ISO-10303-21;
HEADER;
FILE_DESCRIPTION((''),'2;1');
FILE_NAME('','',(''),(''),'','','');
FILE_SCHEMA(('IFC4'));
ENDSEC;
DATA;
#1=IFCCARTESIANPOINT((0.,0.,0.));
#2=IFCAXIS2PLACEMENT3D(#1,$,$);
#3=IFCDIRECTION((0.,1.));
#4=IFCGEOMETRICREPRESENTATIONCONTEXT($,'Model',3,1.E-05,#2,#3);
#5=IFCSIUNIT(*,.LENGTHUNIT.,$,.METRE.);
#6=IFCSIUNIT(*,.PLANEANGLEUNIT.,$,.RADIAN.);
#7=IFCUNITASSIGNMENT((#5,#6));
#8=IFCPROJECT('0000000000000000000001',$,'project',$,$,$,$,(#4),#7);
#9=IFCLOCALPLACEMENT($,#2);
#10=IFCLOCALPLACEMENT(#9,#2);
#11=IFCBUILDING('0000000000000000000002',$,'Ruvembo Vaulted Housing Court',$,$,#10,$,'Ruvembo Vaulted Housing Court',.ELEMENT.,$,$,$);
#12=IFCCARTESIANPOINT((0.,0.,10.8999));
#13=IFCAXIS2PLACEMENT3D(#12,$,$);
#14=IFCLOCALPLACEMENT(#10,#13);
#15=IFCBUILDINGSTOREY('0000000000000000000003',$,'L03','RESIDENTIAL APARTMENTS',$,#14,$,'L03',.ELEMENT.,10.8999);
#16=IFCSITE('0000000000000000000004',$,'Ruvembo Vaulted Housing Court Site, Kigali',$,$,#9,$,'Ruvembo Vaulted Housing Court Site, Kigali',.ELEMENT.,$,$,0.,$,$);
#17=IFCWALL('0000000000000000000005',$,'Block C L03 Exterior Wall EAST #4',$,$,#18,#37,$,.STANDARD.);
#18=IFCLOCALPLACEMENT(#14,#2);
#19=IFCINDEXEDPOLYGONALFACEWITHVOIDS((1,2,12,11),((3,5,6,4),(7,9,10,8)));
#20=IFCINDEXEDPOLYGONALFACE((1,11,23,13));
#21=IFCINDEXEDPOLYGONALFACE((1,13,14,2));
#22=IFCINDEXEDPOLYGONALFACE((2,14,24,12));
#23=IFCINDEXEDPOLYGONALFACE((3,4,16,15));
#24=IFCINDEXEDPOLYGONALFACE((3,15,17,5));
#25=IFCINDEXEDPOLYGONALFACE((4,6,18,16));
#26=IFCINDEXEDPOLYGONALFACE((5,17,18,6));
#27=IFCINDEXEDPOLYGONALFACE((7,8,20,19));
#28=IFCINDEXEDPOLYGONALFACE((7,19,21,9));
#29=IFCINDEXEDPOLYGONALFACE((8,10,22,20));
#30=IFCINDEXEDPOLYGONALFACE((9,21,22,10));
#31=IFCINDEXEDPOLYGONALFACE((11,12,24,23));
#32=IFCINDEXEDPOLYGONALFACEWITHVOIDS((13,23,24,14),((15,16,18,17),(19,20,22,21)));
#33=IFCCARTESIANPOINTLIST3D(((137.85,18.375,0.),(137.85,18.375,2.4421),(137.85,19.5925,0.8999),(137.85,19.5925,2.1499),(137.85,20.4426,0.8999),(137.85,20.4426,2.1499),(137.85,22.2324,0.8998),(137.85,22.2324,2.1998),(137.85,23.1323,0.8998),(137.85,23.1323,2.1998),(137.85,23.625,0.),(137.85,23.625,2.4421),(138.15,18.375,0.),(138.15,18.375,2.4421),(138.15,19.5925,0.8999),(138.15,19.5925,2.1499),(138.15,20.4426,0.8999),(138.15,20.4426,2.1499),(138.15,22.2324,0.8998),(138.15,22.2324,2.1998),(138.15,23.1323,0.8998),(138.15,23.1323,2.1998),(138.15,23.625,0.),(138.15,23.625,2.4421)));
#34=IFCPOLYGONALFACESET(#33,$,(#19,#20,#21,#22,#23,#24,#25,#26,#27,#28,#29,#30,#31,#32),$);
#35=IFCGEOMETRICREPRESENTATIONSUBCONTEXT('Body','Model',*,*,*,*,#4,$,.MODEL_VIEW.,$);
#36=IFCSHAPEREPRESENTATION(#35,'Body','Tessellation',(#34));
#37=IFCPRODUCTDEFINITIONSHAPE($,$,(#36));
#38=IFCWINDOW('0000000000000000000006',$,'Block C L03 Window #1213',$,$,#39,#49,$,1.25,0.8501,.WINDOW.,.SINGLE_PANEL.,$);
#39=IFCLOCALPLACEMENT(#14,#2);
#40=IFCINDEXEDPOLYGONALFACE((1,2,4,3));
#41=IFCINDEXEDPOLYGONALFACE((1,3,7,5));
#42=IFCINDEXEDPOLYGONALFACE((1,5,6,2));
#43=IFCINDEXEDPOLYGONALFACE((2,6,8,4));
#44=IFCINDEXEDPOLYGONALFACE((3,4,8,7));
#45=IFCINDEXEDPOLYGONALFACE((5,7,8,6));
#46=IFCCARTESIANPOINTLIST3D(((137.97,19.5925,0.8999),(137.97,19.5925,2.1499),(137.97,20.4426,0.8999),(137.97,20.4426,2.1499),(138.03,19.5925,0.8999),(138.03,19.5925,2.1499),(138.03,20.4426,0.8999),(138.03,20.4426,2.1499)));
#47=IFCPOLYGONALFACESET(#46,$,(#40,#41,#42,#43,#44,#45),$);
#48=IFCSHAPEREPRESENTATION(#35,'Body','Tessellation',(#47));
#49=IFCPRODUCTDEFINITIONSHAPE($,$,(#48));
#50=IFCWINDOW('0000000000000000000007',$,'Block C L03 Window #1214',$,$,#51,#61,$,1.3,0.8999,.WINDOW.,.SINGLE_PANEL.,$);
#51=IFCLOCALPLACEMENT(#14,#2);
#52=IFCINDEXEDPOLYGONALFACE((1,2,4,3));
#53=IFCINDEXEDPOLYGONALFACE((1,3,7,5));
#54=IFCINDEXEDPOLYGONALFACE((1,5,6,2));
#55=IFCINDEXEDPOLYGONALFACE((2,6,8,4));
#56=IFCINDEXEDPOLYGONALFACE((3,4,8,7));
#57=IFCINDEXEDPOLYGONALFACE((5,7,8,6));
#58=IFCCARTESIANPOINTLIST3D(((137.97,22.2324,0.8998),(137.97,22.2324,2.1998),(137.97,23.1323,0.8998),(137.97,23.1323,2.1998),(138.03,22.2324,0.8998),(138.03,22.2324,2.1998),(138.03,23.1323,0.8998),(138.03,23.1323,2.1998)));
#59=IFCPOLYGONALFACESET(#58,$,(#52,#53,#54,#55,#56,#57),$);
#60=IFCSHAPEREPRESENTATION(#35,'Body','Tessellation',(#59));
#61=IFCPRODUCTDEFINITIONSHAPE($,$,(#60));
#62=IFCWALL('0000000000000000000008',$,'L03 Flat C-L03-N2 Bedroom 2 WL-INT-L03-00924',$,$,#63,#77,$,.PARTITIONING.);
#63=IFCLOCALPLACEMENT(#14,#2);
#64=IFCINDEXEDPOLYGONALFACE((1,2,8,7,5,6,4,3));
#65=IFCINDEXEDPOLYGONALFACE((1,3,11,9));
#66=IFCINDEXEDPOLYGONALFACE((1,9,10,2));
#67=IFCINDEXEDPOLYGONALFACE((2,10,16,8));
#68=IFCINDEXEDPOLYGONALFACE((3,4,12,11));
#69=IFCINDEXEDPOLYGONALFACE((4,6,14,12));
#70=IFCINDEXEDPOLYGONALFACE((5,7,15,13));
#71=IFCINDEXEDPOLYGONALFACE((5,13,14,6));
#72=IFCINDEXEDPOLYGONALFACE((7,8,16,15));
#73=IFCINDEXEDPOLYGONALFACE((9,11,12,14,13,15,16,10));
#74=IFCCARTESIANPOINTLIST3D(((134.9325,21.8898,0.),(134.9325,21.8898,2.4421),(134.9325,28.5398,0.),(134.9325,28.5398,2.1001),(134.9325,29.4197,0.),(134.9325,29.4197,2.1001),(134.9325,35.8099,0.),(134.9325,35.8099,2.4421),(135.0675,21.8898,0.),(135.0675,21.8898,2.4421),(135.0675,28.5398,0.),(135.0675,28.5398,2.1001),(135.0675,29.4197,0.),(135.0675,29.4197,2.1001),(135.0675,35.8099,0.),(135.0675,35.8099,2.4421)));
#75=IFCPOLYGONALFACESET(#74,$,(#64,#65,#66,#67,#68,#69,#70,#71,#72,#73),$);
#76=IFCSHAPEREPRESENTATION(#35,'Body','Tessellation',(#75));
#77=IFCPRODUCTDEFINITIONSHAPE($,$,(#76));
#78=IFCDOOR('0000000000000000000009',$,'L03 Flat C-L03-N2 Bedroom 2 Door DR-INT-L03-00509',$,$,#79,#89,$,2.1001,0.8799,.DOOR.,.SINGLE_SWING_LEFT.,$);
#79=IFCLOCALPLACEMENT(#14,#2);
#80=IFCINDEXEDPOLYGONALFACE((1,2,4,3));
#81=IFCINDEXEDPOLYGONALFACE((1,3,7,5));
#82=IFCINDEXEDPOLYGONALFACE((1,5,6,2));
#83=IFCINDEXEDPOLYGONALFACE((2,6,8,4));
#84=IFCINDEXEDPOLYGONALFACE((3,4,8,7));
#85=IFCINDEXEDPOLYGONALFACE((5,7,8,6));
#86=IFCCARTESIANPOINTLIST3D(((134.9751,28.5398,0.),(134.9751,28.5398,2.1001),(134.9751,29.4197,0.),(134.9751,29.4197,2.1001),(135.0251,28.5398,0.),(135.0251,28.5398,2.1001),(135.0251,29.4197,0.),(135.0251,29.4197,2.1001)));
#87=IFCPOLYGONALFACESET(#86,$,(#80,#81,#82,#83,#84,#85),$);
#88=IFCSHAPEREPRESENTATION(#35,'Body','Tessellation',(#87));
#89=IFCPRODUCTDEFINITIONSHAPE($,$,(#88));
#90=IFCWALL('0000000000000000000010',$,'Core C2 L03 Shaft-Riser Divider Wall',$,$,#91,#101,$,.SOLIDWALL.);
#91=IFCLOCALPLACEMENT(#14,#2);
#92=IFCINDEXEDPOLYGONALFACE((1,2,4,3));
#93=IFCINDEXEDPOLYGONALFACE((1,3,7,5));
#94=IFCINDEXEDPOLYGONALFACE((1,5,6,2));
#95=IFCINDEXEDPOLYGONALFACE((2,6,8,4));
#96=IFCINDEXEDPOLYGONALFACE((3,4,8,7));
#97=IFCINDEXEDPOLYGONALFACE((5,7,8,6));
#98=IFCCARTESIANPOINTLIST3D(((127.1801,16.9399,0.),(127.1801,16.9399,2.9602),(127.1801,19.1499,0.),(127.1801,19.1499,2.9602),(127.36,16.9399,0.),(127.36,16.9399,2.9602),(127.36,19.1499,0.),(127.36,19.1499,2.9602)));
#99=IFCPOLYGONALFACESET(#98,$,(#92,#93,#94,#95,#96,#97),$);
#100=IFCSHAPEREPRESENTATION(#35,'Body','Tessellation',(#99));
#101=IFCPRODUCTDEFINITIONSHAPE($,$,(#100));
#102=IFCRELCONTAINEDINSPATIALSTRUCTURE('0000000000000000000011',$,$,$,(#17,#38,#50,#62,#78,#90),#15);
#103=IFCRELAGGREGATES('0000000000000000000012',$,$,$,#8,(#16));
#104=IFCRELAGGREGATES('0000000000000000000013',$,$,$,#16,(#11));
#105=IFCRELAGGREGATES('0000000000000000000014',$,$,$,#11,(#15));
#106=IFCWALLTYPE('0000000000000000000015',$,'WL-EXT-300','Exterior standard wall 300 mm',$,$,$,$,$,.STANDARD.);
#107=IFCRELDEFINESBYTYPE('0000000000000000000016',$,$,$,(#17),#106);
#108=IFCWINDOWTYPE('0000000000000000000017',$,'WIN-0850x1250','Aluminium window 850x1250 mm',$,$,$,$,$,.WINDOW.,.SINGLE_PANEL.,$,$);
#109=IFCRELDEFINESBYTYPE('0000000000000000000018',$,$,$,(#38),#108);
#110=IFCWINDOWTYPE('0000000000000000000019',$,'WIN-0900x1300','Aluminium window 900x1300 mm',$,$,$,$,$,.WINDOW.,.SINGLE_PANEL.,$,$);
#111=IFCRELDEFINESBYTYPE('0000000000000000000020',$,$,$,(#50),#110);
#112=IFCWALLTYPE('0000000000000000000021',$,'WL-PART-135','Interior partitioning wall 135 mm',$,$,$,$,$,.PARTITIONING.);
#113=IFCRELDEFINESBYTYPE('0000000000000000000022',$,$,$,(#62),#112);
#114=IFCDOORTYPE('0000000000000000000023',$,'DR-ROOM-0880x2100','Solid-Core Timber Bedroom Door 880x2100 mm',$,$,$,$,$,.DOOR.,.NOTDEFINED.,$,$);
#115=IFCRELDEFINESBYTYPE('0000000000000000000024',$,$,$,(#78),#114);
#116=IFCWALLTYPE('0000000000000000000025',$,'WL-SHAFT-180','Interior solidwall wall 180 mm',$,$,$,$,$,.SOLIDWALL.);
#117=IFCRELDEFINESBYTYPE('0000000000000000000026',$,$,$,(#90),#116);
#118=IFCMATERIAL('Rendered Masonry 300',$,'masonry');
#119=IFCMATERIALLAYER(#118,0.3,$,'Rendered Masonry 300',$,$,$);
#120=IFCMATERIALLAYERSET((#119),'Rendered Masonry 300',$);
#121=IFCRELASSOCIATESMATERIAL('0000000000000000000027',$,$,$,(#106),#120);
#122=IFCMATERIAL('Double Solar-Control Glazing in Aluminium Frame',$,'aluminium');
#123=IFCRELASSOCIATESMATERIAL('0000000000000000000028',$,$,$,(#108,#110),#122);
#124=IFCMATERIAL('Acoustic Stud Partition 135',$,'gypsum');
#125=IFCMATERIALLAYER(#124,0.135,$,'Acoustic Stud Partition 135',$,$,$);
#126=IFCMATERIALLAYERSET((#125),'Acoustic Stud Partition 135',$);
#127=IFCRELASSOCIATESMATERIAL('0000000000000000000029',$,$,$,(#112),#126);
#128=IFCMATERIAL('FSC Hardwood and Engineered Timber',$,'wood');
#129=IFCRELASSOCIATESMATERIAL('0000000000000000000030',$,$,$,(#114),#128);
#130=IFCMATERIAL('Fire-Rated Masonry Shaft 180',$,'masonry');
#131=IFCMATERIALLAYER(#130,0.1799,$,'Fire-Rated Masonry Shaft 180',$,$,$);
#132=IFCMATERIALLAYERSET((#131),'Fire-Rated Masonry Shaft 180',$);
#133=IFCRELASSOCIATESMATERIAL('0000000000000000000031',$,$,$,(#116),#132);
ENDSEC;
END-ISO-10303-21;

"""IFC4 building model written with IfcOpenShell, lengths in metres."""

from ifc_helpers import new_model, si_unit, direction, frame, frame_2d, origin, place, context, subcontext, project, spatial, rectangle, extrude, material, layer, layer_set, type_object, element, fill, save


model = new_model("IFC4")

# Units and contexts
model_context = context("Model", 3, precision=1e-05, world=origin(), true_north=direction((0.0, 1.0)))
body_context = subcontext(model_context, "Body", "Model", "MODEL_VIEW")
ifc_project = project(units=[si_unit("LENGTHUNIT", "METRE"), si_unit("PLANEANGLEUNIT", "RADIAN")], contexts=[model_context])

# Site, building, storey
site_placement = place(None, origin())
site = spatial("IfcSite", under=ifc_project, at=site_placement, Name="Ruvembo Vaulted Housing Court Site, Kigali", LongName="Ruvembo Vaulted Housing Court Site, Kigali", CompositionType="ELEMENT", RefElevation=0.0)
building_placement = place(site_placement, origin())
building = spatial("IfcBuilding", under=site, at=building_placement, Name="Ruvembo Vaulted Housing Court", LongName="Ruvembo Vaulted Housing Court", CompositionType="ELEMENT")
storey_placement = place(building_placement, frame((0.0, 0.0, 10.8999)))
storey = spatial("IfcBuildingStorey", under=building, at=storey_placement, Name="L03", Description="RESIDENTIAL APARTMENTS", LongName="L03", CompositionType="ELEMENT", Elevation=10.8999)

# Wall, openings, windows
ifc_material_1 = material(Name="Rendered Masonry 300", Category="masonry")
ifc_layer_1 = layer(ifc_material_1, 0.3, Name="Rendered Masonry 300")
ifc_layer_set_1 = layer_set([ifc_layer_1], Name="Rendered Masonry 300")
wall_type_1 = type_object("IfcWallType", Name="WL-EXT-300", Description="Exterior standard wall 300 mm", PredefinedType="STANDARD", material=ifc_layer_set_1)
wall_1_placement = place(storey_placement, frame((138.0, 18.375, 0.0), z_axis=(0.0, 0.0, 1.0), x_axis=(0.0, 1.0, 0.0)))
wall_1 = element("IfcWall", 1, at=wall_1_placement, inside=storey, type_object=wall_type_1, Name="Block C L03 Exterior Wall EAST #4", PredefinedType="STANDARD", context=body_context, shape_type="SweptSolid", body=[
    extrude(rectangle(XDim=5.25, YDim=0.3, at=frame_2d((2.625, 0.0))), origin(), (0.0, 0.0, 1.0), 2.4421),
])
opening_1_placement = place(wall_1_placement, frame((1.2175, 0.0, 0.8999)))
opening_1 = element("IfcOpeningElement", 2, at=opening_1_placement, cuts=wall_1, PredefinedType="OPENING", context=body_context, shape_type="SweptSolid", body=[
    extrude(rectangle(XDim=0.8501, YDim=1.25, at=frame_2d((0.425, 0.625))), frame((0.0, 0.1599, 0.0), z_axis=(0.0, -1.0, 0.0), x_axis=(1.0, 0.0, 0.0)), (0.0, 0.0, 1.0), 0.3201),
])
opening_2_placement = place(wall_1_placement, frame((3.8574, 0.0, 0.8999)))
opening_2 = element("IfcOpeningElement", 3, at=opening_2_placement, cuts=wall_1, PredefinedType="OPENING", context=body_context, shape_type="SweptSolid", body=[
    extrude(rectangle(XDim=0.8999, YDim=1.3, at=frame_2d((0.45, 0.6499))), frame((0.0, 0.1599, 0.0), z_axis=(0.0, -1.0, 0.0), x_axis=(1.0, 0.0, 0.0)), (0.0, 0.0, 1.0), 0.3201),
])
ifc_material_2 = material(Name="Double Solar-Control Glazing in Aluminium Frame", Category="aluminium")
window_type_1 = type_object("IfcWindowType", Name="WIN-0850x1250", Description="Aluminium window 850x1250 mm", PartitioningType="SINGLE_PANEL", PredefinedType="WINDOW", material=ifc_material_2)
window_1_placement = place(opening_1_placement, origin())
window_1 = element("IfcWindow", 4, at=window_1_placement, inside=storey, type_object=window_type_1, Name="Block C L03 Window #1213", OverallHeight=1.25, OverallWidth=0.8501, PartitioningType="SINGLE_PANEL", PredefinedType="WINDOW", context=body_context, shape_type="SweptSolid", body=[
    extrude(rectangle(XDim=0.8501, YDim=1.25, at=frame_2d((0.425, 0.625))), frame((0.0, 0.03, 0.0), z_axis=(0.0, -1.0, 0.0), x_axis=(1.0, 0.0, 0.0)), (0.0, 0.0, 1.0), 0.0601),
])
fill(opening_1, window_1)
window_type_2 = type_object("IfcWindowType", Name="WIN-0900x1300", Description="Aluminium window 900x1300 mm", PartitioningType="SINGLE_PANEL", PredefinedType="WINDOW", material=ifc_material_2)
window_2_placement = place(opening_2_placement, origin())
window_2 = element("IfcWindow", 5, at=window_2_placement, inside=storey, type_object=window_type_2, Name="Block C L03 Window #1214", OverallHeight=1.3, OverallWidth=0.8999, PartitioningType="SINGLE_PANEL", PredefinedType="WINDOW", context=body_context, shape_type="SweptSolid", body=[
    extrude(rectangle(XDim=0.8999, YDim=1.3, at=frame_2d((0.45, 0.6499))), frame((0.0, 0.03, 0.0), z_axis=(0.0, -1.0, 0.0), x_axis=(1.0, 0.0, 0.0)), (0.0, 0.0, 1.0), 0.0601),
])
fill(opening_2, window_2)

# Wall, opening, door
ifc_material_3 = material(Name="Acoustic Stud Partition 135", Category="gypsum")
ifc_layer_2 = layer(ifc_material_3, 0.135, Name="Acoustic Stud Partition 135")
ifc_layer_set_2 = layer_set([ifc_layer_2], Name="Acoustic Stud Partition 135")
wall_type_2 = type_object("IfcWallType", Name="WL-PART-135", Description="Interior partitioning wall 135 mm", PredefinedType="PARTITIONING", material=ifc_layer_set_2)
wall_2_placement = place(storey_placement, frame((135.0, 21.8899, 0.0), z_axis=(0.0, 0.0, 1.0), x_axis=(0.0, 1.0, 0.0)))
wall_2 = element("IfcWall", 6, at=wall_2_placement, inside=storey, type_object=wall_type_2, Name="L03 Flat C-L03-N2 Bedroom 2 WL-INT-L03-00924", PredefinedType="PARTITIONING", context=body_context, shape_type="SweptSolid", body=[
    extrude(rectangle(XDim=13.9202, YDim=0.135, at=frame_2d((6.96, 0.0))), origin(), (0.0, 0.0, 1.0), 2.4421),
])
opening_3_placement = place(wall_2_placement, frame((6.6499, 0.0, 0.0)))
opening_3 = element("IfcOpeningElement", 7, at=opening_3_placement, cuts=wall_2, PredefinedType="OPENING", context=body_context, shape_type="SweptSolid", body=[
    extrude(rectangle(XDim=0.8799, YDim=2.1001, at=frame_2d((0.4399, 1.05))), frame((0.0, 0.0774, 0.0), z_axis=(0.0, -1.0, 0.0), x_axis=(1.0, 0.0, 0.0)), (0.0, 0.0, 1.0), 0.155),
])
ifc_material_4 = material(Name="FSC Hardwood and Engineered Timber", Category="wood")
door_type_1 = type_object("IfcDoorType", Name="DR-ROOM-0880x2100", Description="Solid-Core Timber Bedroom Door 880x2100 mm", OperationType="NOTDEFINED", PredefinedType="DOOR", material=ifc_material_4)
door_1_placement = place(opening_3_placement, origin())
door_1 = element("IfcDoor", 8, at=door_1_placement, inside=storey, type_object=door_type_1, Name="L03 Flat C-L03-N2 Bedroom 2 Door DR-INT-L03-00509", OperationType="SINGLE_SWING_LEFT", OverallHeight=2.1001, OverallWidth=0.8799, PredefinedType="DOOR", context=body_context, shape_type="SweptSolid", body=[
    extrude(rectangle(XDim=0.8799, YDim=2.1001, at=frame_2d((0.4399, 1.05))), frame((0.0, 0.0249, 0.0), z_axis=(0.0, -1.0, 0.0), x_axis=(1.0, 0.0, 0.0)), (0.0, 0.0, 1.0), 0.05),
])
fill(opening_3, door_1)

# Shared definitions
ifc_material_5 = material(Name="Fire-Rated Masonry Shaft 180", Category="masonry")
ifc_layer_3 = layer(ifc_material_5, 0.1799, Name="Fire-Rated Masonry Shaft 180")
ifc_layer_set_3 = layer_set([ifc_layer_3], Name="Fire-Rated Masonry Shaft 180")
wall_type_3 = type_object("IfcWallType", Name="WL-SHAFT-180", Description="Interior solidwall wall 180 mm", PredefinedType="SOLIDWALL", material=ifc_layer_set_3)

# Wall
wall_3_placement = place(storey_placement, frame((127.27, 16.9399, 0.0), z_axis=(0.0, 0.0, 1.0), x_axis=(0.0, 1.0, 0.0)))
element("IfcWall", 9, at=wall_3_placement, inside=storey, type_object=wall_type_3, Name="Core C2 L03 Shaft-Riser Divider Wall", PredefinedType="SOLIDWALL", context=body_context, shape_type="SweptSolid", body=[
    extrude(rectangle(XDim=2.21, YDim=0.1799, at=frame_2d((1.105, 0.0))), origin(), (0.0, 0.0, 1.0), 2.9602),
])

save(model, "model.ifc")
